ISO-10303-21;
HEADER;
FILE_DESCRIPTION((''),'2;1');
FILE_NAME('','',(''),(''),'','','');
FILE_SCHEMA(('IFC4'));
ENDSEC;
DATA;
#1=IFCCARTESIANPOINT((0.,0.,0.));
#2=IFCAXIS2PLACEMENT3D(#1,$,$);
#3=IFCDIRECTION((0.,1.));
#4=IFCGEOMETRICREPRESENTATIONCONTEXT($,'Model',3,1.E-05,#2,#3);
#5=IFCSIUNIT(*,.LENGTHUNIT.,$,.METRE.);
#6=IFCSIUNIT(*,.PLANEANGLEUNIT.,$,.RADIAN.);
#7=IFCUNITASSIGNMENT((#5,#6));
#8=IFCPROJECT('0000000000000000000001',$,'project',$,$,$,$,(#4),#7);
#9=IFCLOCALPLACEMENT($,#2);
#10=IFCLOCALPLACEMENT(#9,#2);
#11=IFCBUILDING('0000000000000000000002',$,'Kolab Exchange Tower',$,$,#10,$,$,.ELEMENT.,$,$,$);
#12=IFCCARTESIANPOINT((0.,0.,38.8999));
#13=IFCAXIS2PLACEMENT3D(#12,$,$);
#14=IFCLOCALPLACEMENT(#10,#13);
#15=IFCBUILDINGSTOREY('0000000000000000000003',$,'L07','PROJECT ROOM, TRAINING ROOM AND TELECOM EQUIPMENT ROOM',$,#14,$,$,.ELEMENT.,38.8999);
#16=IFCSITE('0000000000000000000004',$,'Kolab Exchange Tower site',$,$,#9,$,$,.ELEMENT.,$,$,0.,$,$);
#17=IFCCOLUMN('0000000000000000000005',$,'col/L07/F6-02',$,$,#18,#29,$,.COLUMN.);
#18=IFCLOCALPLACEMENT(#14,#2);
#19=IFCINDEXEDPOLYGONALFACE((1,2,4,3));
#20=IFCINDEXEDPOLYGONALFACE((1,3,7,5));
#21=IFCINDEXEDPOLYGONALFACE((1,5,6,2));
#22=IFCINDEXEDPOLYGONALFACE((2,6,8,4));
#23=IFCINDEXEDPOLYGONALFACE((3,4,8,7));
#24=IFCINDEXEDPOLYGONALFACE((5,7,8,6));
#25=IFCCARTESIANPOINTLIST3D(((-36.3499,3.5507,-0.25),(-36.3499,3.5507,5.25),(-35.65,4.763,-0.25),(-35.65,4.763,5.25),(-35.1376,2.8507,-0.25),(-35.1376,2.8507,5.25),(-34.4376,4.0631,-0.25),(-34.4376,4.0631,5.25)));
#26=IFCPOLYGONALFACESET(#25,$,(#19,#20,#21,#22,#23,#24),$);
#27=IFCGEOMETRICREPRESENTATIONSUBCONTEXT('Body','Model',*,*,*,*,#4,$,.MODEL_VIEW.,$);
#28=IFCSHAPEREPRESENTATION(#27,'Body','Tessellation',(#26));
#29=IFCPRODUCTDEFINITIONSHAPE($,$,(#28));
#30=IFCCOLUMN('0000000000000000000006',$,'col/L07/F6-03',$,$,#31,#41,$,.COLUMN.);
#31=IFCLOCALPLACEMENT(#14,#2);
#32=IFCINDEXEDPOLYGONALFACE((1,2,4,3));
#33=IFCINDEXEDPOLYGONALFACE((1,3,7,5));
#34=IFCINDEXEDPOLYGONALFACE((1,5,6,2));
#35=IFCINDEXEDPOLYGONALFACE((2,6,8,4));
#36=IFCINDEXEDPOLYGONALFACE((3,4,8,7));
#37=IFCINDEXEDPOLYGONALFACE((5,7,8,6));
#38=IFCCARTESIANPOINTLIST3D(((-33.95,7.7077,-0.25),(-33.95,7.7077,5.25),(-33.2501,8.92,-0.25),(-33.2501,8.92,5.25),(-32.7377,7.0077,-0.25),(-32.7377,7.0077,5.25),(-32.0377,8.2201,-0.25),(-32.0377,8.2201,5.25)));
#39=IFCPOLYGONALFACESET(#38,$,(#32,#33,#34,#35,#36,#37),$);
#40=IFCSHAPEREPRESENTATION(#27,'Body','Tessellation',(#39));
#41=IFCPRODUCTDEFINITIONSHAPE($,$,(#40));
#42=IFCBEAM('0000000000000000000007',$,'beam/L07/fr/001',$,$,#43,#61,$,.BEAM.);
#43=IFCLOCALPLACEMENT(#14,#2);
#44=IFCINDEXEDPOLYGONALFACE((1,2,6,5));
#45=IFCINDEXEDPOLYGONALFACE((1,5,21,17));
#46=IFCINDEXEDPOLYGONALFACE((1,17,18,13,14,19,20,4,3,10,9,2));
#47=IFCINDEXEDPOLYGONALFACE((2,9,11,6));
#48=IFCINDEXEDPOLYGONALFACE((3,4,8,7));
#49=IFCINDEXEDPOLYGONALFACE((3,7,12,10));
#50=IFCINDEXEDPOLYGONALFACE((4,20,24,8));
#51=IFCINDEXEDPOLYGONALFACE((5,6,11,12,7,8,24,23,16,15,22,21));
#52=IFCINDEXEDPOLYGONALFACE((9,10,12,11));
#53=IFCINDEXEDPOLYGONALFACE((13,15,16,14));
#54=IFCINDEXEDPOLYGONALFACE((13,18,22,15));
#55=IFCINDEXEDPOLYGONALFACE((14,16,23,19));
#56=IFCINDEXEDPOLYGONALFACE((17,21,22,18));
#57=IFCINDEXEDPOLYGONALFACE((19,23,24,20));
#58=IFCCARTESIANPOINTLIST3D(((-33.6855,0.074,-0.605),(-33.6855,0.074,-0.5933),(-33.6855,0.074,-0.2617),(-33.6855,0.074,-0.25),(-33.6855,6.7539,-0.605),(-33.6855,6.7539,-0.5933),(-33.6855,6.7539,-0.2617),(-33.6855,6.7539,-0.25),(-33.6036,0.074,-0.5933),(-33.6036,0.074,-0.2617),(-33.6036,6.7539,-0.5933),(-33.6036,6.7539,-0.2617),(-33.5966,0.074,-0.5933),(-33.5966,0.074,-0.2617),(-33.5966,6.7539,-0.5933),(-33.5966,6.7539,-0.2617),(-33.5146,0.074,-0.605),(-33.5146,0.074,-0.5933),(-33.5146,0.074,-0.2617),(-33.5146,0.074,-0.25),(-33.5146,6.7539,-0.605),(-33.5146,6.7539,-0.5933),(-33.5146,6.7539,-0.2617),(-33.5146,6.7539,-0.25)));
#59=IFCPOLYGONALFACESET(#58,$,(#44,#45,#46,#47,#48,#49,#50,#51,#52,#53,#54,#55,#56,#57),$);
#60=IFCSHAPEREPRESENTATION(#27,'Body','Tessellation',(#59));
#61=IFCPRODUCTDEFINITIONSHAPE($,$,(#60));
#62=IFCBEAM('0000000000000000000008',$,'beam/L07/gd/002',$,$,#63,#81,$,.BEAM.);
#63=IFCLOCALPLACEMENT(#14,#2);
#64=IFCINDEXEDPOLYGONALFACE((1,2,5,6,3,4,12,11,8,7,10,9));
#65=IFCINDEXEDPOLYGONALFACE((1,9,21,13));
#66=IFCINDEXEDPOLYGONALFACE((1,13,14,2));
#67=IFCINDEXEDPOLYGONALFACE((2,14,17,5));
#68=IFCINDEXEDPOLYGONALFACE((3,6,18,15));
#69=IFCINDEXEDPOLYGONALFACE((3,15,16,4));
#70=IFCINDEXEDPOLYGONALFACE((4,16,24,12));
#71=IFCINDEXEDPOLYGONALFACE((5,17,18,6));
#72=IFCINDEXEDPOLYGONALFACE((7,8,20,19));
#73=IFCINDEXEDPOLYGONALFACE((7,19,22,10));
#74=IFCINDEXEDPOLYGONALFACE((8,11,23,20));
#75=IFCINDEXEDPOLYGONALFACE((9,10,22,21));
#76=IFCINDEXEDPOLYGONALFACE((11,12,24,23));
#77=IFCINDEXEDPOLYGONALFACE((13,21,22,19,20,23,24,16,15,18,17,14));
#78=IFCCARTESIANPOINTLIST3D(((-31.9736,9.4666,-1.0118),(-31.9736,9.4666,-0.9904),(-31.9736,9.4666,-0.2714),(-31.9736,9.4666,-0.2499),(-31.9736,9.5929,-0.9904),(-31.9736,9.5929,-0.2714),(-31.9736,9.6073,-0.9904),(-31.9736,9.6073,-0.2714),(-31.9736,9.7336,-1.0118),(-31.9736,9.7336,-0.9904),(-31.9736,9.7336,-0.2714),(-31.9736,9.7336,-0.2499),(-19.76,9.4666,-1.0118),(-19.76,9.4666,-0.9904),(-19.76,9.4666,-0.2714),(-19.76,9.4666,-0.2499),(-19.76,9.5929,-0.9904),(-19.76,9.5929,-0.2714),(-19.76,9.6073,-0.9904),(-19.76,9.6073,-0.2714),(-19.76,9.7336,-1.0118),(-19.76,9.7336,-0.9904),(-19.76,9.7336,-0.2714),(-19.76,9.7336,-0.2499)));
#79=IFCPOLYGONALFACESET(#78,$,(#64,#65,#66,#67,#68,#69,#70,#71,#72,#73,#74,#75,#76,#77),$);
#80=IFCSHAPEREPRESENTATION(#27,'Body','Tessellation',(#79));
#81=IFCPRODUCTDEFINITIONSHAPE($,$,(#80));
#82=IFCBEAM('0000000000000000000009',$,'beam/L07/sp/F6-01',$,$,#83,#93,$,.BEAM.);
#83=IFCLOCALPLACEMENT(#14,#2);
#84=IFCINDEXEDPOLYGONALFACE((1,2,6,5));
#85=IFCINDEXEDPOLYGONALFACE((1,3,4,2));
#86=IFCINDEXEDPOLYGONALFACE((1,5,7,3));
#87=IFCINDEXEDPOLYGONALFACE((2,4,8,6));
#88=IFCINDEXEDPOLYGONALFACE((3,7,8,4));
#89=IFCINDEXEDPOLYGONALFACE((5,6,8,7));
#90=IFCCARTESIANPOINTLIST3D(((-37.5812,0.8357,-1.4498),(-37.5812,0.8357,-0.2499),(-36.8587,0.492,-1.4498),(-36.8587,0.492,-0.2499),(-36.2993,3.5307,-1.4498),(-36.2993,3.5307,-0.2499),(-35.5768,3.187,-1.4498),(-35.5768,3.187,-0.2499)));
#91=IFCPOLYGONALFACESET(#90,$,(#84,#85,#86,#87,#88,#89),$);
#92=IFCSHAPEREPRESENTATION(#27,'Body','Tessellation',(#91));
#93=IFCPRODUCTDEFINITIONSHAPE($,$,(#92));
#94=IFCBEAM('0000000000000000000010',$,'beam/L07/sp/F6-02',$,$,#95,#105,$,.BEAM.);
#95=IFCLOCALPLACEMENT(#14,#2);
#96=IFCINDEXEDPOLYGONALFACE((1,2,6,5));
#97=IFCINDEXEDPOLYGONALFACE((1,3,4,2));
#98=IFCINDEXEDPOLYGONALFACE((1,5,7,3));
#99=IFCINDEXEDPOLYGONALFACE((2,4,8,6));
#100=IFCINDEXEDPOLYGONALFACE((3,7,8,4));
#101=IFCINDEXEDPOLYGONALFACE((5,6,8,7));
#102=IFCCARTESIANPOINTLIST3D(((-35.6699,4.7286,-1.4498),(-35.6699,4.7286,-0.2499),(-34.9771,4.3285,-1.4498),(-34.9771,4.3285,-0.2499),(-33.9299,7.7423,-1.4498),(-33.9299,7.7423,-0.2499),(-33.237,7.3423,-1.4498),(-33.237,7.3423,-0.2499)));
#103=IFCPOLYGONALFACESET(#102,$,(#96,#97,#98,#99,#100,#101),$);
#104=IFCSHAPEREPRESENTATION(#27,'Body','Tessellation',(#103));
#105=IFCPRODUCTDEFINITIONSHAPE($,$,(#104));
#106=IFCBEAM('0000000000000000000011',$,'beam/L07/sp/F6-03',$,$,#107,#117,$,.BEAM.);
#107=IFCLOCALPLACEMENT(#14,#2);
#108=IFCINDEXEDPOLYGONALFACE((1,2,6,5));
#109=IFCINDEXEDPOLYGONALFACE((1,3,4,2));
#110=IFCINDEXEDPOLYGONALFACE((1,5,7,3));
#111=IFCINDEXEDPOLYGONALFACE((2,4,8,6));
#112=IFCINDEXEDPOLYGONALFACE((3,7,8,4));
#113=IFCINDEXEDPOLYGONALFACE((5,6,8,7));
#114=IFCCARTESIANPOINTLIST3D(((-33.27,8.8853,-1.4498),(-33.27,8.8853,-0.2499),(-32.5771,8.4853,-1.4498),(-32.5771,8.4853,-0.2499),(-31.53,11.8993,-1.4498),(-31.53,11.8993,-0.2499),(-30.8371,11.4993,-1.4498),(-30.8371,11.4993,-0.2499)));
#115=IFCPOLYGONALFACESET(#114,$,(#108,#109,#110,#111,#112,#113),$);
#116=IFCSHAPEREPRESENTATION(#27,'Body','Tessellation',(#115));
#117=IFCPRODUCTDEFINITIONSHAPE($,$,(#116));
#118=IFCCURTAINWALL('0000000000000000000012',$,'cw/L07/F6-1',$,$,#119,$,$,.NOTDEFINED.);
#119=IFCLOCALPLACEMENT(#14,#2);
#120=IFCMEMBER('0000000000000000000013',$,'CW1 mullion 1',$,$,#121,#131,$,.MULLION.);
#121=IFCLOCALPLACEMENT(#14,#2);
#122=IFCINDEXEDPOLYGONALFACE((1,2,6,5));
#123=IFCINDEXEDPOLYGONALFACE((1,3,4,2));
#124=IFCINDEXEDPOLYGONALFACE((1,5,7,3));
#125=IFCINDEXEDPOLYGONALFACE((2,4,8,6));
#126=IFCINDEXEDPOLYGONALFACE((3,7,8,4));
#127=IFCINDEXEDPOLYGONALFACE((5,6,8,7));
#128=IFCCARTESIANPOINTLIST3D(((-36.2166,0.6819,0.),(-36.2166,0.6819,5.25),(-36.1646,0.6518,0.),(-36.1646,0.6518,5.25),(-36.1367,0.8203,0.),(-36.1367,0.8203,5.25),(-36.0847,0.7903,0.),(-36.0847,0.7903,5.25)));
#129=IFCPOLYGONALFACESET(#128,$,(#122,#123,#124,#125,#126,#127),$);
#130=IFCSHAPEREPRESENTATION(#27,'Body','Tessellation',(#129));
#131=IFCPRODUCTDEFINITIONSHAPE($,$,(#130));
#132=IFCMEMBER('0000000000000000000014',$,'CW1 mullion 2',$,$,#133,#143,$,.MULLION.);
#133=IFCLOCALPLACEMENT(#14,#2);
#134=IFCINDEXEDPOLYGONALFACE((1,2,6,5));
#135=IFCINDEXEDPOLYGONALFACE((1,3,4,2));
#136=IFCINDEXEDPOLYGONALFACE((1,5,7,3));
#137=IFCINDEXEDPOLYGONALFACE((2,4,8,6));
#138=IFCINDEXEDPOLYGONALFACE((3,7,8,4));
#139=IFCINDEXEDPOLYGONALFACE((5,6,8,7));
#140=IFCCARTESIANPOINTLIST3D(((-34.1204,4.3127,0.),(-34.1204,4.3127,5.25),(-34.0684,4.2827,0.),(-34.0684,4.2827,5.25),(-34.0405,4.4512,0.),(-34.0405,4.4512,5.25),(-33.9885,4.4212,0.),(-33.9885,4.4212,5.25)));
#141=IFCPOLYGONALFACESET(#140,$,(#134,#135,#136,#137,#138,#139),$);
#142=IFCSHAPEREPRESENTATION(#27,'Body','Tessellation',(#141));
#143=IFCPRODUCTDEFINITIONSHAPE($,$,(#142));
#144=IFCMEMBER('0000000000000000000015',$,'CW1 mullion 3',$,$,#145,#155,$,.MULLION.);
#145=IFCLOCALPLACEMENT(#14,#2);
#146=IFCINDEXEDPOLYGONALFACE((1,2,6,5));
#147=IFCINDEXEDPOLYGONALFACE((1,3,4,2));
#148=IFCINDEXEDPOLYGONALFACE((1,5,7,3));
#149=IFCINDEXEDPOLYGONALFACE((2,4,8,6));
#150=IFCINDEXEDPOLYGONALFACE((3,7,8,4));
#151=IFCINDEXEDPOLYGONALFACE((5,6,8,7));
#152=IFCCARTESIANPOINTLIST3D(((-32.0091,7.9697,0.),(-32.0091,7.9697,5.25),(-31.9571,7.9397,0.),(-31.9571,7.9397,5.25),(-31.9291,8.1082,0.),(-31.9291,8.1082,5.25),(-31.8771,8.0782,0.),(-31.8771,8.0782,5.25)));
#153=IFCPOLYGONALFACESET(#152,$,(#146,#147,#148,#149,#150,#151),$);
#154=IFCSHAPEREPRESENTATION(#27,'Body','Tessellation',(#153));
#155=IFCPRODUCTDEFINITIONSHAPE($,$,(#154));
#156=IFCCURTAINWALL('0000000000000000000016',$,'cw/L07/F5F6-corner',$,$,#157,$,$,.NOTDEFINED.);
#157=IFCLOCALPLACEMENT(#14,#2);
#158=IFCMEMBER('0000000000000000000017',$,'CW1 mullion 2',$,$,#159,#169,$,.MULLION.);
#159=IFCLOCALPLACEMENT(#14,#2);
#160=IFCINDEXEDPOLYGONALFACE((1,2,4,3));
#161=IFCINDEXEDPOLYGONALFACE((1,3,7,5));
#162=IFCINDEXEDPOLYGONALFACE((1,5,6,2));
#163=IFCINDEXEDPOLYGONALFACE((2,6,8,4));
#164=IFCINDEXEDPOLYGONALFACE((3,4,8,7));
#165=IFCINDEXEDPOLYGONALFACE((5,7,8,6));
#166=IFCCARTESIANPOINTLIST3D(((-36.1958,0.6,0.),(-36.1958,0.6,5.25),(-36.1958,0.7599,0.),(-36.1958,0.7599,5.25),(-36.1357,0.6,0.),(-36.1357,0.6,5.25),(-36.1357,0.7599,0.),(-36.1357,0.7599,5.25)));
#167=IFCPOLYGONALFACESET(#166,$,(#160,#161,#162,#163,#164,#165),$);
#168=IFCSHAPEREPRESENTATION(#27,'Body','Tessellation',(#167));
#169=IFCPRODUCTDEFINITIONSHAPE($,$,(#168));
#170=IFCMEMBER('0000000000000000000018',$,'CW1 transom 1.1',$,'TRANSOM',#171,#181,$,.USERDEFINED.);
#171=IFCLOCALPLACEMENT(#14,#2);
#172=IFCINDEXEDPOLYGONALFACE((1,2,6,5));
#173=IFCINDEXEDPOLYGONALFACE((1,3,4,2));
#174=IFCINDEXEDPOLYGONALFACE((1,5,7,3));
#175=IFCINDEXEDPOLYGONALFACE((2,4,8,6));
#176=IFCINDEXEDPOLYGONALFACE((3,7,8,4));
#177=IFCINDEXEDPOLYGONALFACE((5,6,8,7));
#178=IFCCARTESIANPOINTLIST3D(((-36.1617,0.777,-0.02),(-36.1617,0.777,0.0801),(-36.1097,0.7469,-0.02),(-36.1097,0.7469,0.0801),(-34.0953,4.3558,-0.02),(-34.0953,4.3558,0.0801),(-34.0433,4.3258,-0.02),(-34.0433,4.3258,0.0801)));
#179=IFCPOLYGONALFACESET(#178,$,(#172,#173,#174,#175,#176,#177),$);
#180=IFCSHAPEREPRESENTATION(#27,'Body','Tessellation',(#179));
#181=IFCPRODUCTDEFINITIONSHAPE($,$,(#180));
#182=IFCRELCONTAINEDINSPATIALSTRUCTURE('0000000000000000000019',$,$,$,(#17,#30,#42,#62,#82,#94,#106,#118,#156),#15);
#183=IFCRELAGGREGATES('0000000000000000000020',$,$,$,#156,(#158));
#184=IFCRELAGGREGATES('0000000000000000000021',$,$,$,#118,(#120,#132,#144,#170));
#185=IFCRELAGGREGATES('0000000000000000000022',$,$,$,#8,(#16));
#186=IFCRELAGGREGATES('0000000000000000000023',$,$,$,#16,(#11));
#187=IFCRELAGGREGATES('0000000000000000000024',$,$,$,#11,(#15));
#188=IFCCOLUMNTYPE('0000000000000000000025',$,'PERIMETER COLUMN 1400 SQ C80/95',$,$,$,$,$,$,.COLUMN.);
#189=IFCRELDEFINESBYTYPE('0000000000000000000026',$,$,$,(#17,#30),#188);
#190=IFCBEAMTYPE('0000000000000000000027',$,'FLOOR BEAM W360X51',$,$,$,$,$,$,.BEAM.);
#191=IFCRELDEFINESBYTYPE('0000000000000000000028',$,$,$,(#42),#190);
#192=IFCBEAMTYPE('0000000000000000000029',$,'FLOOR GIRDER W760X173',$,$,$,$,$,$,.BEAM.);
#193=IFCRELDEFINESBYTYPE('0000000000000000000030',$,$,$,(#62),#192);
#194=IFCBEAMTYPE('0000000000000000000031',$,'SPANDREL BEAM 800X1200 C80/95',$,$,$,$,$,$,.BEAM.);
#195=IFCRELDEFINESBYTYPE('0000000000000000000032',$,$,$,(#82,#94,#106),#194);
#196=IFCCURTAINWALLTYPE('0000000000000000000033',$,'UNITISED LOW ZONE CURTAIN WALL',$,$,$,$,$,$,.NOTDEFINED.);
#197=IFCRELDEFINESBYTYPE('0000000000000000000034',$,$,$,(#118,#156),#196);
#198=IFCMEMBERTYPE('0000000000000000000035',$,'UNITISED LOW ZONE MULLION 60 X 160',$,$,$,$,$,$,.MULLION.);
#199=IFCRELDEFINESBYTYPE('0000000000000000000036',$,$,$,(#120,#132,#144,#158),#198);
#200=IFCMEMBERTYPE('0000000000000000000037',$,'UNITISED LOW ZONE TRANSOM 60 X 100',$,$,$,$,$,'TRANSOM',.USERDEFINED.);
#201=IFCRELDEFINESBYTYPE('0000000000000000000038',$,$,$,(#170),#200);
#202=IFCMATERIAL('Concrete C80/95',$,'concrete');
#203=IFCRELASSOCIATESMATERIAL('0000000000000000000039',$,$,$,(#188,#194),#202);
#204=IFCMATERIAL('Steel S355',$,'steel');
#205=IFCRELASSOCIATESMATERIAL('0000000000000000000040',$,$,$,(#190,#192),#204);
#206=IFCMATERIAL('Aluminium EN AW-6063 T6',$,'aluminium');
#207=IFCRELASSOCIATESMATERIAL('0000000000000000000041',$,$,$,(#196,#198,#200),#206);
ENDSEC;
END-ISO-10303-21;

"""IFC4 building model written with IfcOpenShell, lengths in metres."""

from ifc_helpers import new_model, si_unit, direction, frame, origin, origin_2d, place, context, subcontext, project, spatial, rectangle, i_section, extrude, material, material_profile, profile_set, type_object, element, aggregate, save


model = new_model("IFC4")

# Units and contexts
model_context = context("Model", 3, precision=1e-05, world=origin(), true_north=direction((0.0, 1.0)))
body_context = subcontext(model_context, "Body", "Model", "MODEL_VIEW")
ifc_project = project(units=[si_unit("LENGTHUNIT", "METRE"), si_unit("PLANEANGLEUNIT", "RADIAN")], contexts=[model_context])

# Site, building, storey
site_placement = place(None, origin())
site = spatial("IfcSite", under=ifc_project, at=site_placement, Name="Kolab Exchange Tower site", CompositionType="ELEMENT", RefElevation=0.0)
building_placement = place(site_placement, origin())
building = spatial("IfcBuilding", under=site, at=building_placement, Name="Kolab Exchange Tower", CompositionType="ELEMENT")
storey_placement = place(building_placement, frame((0.0, 0.0, 38.8999)))
storey = spatial("IfcBuildingStorey", under=building, at=storey_placement, Name="L07", Description="PROJECT ROOM, TRAINING ROOM AND TELECOM EQUIPMENT ROOM", CompositionType="ELEMENT", Elevation=38.8999)

# Columns
ifc_material_1 = material(Name="Concrete C80/95", Category="concrete")
ifc_material_profile_1 = material_profile(ifc_material_1, rectangle(XDim=1.3999, YDim=1.3999, at=origin_2d()), Name="RC1400")
ifc_profile_set_1 = profile_set([ifc_material_profile_1], Name="Concrete C80/95")
column_type = type_object("IfcColumnType", Name="PERIMETER COLUMN 1400 SQ C80/95", PredefinedType="COLUMN", material=ifc_profile_set_1)
for number, where, z_axis, x_axis, name in (
    (1, (-35.3938, 3.8069, -0.25), (0.0, 0.0, 1.0), (0.5, 0.866025, 0.0), "col/L07/F6-02"),
    (2, (-32.9939, 7.9639, -0.25), (0.0, 0.0, 1.0), (0.5, 0.866025, 0.0), "col/L07/F6-03"),
):
    element("IfcColumn", number, at=place(storey_placement, frame(where, z_axis=z_axis, x_axis=x_axis)), inside=storey, type_object=column_type, Name=name, PredefinedType="COLUMN", context=body_context, shape_type="SweptSolid", body=[
        extrude(rectangle(XDim=1.3999, YDim=1.3999, at=origin_2d()), origin(), (0.0, 0.0, 1.0), 5.5),
    ])

# Beams
ifc_material_2 = material(Name="Steel S355", Category="steel")
ifc_material_profile_2 = material_profile(ifc_material_2, i_section(OverallWidth=0.1709, OverallDepth=0.355, WebThickness=0.0071, FlangeThickness=0.0117, at=origin_2d()), Name="W360X51")
ifc_profile_set_2 = profile_set([ifc_material_profile_2], Name="Steel S355")
beam_type_1 = type_object("IfcBeamType", Name="FLOOR BEAM W360X51", PredefinedType="BEAM", material=ifc_profile_set_2)
beam_1_placement = place(storey_placement, frame((-33.6001, 0.074, -0.4275), z_axis=(0.0, 1.0, 0.0), x_axis=(-1.0, 0.0, 0.0)))
element("IfcBeam", 3, at=beam_1_placement, inside=storey, type_object=beam_type_1, Name="beam/L07/fr/001", PredefinedType="BEAM", context=body_context, shape_type="SweptSolid", body=[
    extrude(i_section(OverallWidth=0.1709, OverallDepth=0.355, WebThickness=0.0071, FlangeThickness=0.0117, at=origin_2d()), origin(), (0.0, 0.0, 1.0), 6.6799),
])
ifc_material_profile_3 = material_profile(ifc_material_2, i_section(OverallWidth=0.2671, OverallDepth=0.762, WebThickness=0.0144, FlangeThickness=0.0215, at=origin_2d()), Name="W760X173")
ifc_profile_set_3 = profile_set([ifc_material_profile_3], Name="Steel S355")
beam_type_2 = type_object("IfcBeamType", Name="FLOOR GIRDER W760X173", PredefinedType="BEAM", material=ifc_profile_set_3)
beam_2_placement = place(storey_placement, frame((-31.9736, 9.6001, -0.6309), z_axis=(1.0, 0.0, 0.0), x_axis=(0.0, 1.0, 0.0)))
element("IfcBeam", 4, at=beam_2_placement, inside=storey, type_object=beam_type_2, Name="beam/L07/gd/002", PredefinedType="BEAM", context=body_context, shape_type="SweptSolid", body=[
    extrude(i_section(OverallWidth=0.2671, OverallDepth=0.762, WebThickness=0.0144, FlangeThickness=0.0215, at=origin_2d()), origin(), (0.0, 0.0, 1.0), 12.2136),
])
ifc_material_profile_4 = material_profile(ifc_material_1, rectangle(XDim=0.8, YDim=1.2, at=origin_2d()), Name="RC800X1200")
ifc_profile_set_4 = profile_set([ifc_material_profile_4], Name="Concrete C80/95")
beam_type_3 = type_object("IfcBeamType", Name="SPANDREL BEAM 800X1200 C80/95", PredefinedType="BEAM", material=ifc_profile_set_4)
beam_3_placement = place(storey_placement, frame((-37.22, 0.6638, -0.8499), z_axis=(0.429556, 0.90304, 0.0), x_axis=(-0.90304, 0.429556, 0.0)))
element("IfcBeam", 5, at=beam_3_placement, inside=storey, type_object=beam_type_3, Name="beam/L07/sp/F6-01", PredefinedType="BEAM", context=body_context, shape_type="SweptSolid", body=[
    extrude(rectangle(XDim=0.8, YDim=1.2, at=origin_2d()), origin(), (0.0, 0.0, 1.0), 2.9844),
])
beam_4_placement = place(storey_placement, frame((-35.3235, 4.5286, -0.8499), z_axis=(0.50001, 0.86602, 0.0), x_axis=(-0.86602, 0.50001, 0.0)))
element("IfcBeam", 6, at=beam_4_placement, inside=storey, type_object=beam_type_3, Name="beam/L07/sp/F6-02", PredefinedType="BEAM", context=body_context, shape_type="SweptSolid", body=[
    extrude(rectangle(XDim=0.8, YDim=1.2, at=origin_2d()), origin(), (0.0, 0.0, 1.0), 3.48),
])
beam_5_placement = place(storey_placement, frame((-32.9236, 8.6853, -0.8499), z_axis=(0.49998, 0.866037, 0.0), x_axis=(-0.866037, 0.49998, 0.0)))
element("IfcBeam", 7, at=beam_5_placement, inside=storey, type_object=beam_type_3, Name="beam/L07/sp/F6-03", PredefinedType="BEAM", context=body_context, shape_type="SweptSolid", body=[
    extrude(rectangle(XDim=0.8, YDim=1.2, at=origin_2d()), origin(), (0.0, 0.0, 1.0), 3.4802),
])

# Curtain wall, members
ifc_material_3 = material(Name="Aluminium EN AW-6063 T6", Category="aluminium")
curtain_wall_type = type_object("IfcCurtainWallType", Name="UNITISED LOW ZONE CURTAIN WALL", PredefinedType="NOTDEFINED", material=ifc_material_3)
curtain_wall_1_placement = place(storey_placement, origin())
curtain_wall_1 = element("IfcCurtainWall", 8, at=curtain_wall_1_placement, inside=storey, type_object=curtain_wall_type, Name="cw/L07/F6-1", PredefinedType="NOTDEFINED")
ifc_material_profile_5 = material_profile(ifc_material_3, rectangle(XDim=0.0601, YDim=0.1599, at=origin_2d()), Name="RECT 60X160")
ifc_profile_set_5 = profile_set([ifc_material_profile_5], Name="Aluminium EN AW-6063 T6")
member_type_1 = type_object("IfcMemberType", Name="UNITISED LOW ZONE MULLION 60 X 160", PredefinedType="MULLION", material=ifc_profile_set_5)
member_1_placement = place(storey_placement, frame((-36.1506, 0.7361, 0.0), z_axis=(0.0, 0.0, 1.0), x_axis=(-0.866025, 0.5, 0.0)))
member_1 = element("IfcMember", 9, at=member_1_placement, type_object=member_type_1, Name="CW1 mullion 1", PredefinedType="MULLION", context=body_context, shape_type="SweptSolid", body=[
    extrude(rectangle(XDim=0.0601, YDim=0.1599, at=origin_2d()), origin(), (0.0, 0.0, 1.0), 5.25),
])
member_2_placement = place(storey_placement, frame((-34.0544, 4.3669, 0.0), z_axis=(0.0, 0.0, 1.0), x_axis=(-0.866025, 0.5, 0.0)))
member_2 = element("IfcMember", 10, at=member_2_placement, type_object=member_type_1, Name="CW1 mullion 2", PredefinedType="MULLION", context=body_context, shape_type="SweptSolid", body=[
    extrude(rectangle(XDim=0.0601, YDim=0.1599, at=origin_2d()), origin(), (0.0, 0.0, 1.0), 5.25),
])
member_3_placement = place(storey_placement, frame((-31.9431, 8.0239, 0.0), z_axis=(0.0, 0.0, 1.0), x_axis=(-0.866025, 0.5, 0.0)))
member_3 = element("IfcMember", 11, at=member_3_placement, type_object=member_type_1, Name="CW1 mullion 3", PredefinedType="MULLION", context=body_context, shape_type="SweptSolid", body=[
    extrude(rectangle(XDim=0.0601, YDim=0.1599, at=origin_2d()), origin(), (0.0, 0.0, 1.0), 5.25),
])

# Curtain wall, member
curtain_wall_2_placement = place(storey_placement, origin())
curtain_wall_2 = element("IfcCurtainWall", 12, at=curtain_wall_2_placement, inside=storey, type_object=curtain_wall_type, Name="cw/L07/F5F6-corner", PredefinedType="NOTDEFINED")
member_4_placement = place(storey_placement, frame((-36.1658, 0.6799, 0.0), z_axis=(0.0, 0.0, 1.0), x_axis=(-1.0, 0.0, 0.0)))
member_4 = element("IfcMember", 13, at=member_4_placement, type_object=member_type_1, Name="CW1 mullion 2", PredefinedType="MULLION", context=body_context, shape_type="SweptSolid", body=[
    extrude(rectangle(XDim=0.0601, YDim=0.1599, at=origin_2d()), origin(), (0.0, 0.0, 1.0), 5.25),
])
aggregate(curtain_wall_2, [member_4])

# Member
ifc_material_profile_6 = material_profile(ifc_material_3, rectangle(XDim=0.0601, YDim=0.1001, at=origin_2d()), Name="RECT 60X100")
ifc_profile_set_6 = profile_set([ifc_material_profile_6], Name="Aluminium EN AW-6063 T6")
member_type_2 = type_object("IfcMemberType", Name="UNITISED LOW ZONE TRANSOM 60 X 100", ElementType="TRANSOM", PredefinedType="USERDEFINED", material=ifc_profile_set_6)
member_5_placement = place(storey_placement, frame((-36.1357, 0.762, 0.03), z_axis=(0.500028, 0.866009, 0.0), x_axis=(-0.866009, 0.500028, 0.0)))
member_5 = element("IfcMember", 14, at=member_5_placement, type_object=member_type_2, Name="CW1 transom 1.1", ObjectType="TRANSOM", PredefinedType="USERDEFINED", context=body_context, shape_type="SweptSolid", body=[
    extrude(rectangle(XDim=0.0601, YDim=0.1001, at=origin_2d()), origin(), (0.0, 0.0, 1.0), 4.1326),
])

aggregate(curtain_wall_1, [member_1, member_2, member_3, member_5])

save(model, "model.ifc")
